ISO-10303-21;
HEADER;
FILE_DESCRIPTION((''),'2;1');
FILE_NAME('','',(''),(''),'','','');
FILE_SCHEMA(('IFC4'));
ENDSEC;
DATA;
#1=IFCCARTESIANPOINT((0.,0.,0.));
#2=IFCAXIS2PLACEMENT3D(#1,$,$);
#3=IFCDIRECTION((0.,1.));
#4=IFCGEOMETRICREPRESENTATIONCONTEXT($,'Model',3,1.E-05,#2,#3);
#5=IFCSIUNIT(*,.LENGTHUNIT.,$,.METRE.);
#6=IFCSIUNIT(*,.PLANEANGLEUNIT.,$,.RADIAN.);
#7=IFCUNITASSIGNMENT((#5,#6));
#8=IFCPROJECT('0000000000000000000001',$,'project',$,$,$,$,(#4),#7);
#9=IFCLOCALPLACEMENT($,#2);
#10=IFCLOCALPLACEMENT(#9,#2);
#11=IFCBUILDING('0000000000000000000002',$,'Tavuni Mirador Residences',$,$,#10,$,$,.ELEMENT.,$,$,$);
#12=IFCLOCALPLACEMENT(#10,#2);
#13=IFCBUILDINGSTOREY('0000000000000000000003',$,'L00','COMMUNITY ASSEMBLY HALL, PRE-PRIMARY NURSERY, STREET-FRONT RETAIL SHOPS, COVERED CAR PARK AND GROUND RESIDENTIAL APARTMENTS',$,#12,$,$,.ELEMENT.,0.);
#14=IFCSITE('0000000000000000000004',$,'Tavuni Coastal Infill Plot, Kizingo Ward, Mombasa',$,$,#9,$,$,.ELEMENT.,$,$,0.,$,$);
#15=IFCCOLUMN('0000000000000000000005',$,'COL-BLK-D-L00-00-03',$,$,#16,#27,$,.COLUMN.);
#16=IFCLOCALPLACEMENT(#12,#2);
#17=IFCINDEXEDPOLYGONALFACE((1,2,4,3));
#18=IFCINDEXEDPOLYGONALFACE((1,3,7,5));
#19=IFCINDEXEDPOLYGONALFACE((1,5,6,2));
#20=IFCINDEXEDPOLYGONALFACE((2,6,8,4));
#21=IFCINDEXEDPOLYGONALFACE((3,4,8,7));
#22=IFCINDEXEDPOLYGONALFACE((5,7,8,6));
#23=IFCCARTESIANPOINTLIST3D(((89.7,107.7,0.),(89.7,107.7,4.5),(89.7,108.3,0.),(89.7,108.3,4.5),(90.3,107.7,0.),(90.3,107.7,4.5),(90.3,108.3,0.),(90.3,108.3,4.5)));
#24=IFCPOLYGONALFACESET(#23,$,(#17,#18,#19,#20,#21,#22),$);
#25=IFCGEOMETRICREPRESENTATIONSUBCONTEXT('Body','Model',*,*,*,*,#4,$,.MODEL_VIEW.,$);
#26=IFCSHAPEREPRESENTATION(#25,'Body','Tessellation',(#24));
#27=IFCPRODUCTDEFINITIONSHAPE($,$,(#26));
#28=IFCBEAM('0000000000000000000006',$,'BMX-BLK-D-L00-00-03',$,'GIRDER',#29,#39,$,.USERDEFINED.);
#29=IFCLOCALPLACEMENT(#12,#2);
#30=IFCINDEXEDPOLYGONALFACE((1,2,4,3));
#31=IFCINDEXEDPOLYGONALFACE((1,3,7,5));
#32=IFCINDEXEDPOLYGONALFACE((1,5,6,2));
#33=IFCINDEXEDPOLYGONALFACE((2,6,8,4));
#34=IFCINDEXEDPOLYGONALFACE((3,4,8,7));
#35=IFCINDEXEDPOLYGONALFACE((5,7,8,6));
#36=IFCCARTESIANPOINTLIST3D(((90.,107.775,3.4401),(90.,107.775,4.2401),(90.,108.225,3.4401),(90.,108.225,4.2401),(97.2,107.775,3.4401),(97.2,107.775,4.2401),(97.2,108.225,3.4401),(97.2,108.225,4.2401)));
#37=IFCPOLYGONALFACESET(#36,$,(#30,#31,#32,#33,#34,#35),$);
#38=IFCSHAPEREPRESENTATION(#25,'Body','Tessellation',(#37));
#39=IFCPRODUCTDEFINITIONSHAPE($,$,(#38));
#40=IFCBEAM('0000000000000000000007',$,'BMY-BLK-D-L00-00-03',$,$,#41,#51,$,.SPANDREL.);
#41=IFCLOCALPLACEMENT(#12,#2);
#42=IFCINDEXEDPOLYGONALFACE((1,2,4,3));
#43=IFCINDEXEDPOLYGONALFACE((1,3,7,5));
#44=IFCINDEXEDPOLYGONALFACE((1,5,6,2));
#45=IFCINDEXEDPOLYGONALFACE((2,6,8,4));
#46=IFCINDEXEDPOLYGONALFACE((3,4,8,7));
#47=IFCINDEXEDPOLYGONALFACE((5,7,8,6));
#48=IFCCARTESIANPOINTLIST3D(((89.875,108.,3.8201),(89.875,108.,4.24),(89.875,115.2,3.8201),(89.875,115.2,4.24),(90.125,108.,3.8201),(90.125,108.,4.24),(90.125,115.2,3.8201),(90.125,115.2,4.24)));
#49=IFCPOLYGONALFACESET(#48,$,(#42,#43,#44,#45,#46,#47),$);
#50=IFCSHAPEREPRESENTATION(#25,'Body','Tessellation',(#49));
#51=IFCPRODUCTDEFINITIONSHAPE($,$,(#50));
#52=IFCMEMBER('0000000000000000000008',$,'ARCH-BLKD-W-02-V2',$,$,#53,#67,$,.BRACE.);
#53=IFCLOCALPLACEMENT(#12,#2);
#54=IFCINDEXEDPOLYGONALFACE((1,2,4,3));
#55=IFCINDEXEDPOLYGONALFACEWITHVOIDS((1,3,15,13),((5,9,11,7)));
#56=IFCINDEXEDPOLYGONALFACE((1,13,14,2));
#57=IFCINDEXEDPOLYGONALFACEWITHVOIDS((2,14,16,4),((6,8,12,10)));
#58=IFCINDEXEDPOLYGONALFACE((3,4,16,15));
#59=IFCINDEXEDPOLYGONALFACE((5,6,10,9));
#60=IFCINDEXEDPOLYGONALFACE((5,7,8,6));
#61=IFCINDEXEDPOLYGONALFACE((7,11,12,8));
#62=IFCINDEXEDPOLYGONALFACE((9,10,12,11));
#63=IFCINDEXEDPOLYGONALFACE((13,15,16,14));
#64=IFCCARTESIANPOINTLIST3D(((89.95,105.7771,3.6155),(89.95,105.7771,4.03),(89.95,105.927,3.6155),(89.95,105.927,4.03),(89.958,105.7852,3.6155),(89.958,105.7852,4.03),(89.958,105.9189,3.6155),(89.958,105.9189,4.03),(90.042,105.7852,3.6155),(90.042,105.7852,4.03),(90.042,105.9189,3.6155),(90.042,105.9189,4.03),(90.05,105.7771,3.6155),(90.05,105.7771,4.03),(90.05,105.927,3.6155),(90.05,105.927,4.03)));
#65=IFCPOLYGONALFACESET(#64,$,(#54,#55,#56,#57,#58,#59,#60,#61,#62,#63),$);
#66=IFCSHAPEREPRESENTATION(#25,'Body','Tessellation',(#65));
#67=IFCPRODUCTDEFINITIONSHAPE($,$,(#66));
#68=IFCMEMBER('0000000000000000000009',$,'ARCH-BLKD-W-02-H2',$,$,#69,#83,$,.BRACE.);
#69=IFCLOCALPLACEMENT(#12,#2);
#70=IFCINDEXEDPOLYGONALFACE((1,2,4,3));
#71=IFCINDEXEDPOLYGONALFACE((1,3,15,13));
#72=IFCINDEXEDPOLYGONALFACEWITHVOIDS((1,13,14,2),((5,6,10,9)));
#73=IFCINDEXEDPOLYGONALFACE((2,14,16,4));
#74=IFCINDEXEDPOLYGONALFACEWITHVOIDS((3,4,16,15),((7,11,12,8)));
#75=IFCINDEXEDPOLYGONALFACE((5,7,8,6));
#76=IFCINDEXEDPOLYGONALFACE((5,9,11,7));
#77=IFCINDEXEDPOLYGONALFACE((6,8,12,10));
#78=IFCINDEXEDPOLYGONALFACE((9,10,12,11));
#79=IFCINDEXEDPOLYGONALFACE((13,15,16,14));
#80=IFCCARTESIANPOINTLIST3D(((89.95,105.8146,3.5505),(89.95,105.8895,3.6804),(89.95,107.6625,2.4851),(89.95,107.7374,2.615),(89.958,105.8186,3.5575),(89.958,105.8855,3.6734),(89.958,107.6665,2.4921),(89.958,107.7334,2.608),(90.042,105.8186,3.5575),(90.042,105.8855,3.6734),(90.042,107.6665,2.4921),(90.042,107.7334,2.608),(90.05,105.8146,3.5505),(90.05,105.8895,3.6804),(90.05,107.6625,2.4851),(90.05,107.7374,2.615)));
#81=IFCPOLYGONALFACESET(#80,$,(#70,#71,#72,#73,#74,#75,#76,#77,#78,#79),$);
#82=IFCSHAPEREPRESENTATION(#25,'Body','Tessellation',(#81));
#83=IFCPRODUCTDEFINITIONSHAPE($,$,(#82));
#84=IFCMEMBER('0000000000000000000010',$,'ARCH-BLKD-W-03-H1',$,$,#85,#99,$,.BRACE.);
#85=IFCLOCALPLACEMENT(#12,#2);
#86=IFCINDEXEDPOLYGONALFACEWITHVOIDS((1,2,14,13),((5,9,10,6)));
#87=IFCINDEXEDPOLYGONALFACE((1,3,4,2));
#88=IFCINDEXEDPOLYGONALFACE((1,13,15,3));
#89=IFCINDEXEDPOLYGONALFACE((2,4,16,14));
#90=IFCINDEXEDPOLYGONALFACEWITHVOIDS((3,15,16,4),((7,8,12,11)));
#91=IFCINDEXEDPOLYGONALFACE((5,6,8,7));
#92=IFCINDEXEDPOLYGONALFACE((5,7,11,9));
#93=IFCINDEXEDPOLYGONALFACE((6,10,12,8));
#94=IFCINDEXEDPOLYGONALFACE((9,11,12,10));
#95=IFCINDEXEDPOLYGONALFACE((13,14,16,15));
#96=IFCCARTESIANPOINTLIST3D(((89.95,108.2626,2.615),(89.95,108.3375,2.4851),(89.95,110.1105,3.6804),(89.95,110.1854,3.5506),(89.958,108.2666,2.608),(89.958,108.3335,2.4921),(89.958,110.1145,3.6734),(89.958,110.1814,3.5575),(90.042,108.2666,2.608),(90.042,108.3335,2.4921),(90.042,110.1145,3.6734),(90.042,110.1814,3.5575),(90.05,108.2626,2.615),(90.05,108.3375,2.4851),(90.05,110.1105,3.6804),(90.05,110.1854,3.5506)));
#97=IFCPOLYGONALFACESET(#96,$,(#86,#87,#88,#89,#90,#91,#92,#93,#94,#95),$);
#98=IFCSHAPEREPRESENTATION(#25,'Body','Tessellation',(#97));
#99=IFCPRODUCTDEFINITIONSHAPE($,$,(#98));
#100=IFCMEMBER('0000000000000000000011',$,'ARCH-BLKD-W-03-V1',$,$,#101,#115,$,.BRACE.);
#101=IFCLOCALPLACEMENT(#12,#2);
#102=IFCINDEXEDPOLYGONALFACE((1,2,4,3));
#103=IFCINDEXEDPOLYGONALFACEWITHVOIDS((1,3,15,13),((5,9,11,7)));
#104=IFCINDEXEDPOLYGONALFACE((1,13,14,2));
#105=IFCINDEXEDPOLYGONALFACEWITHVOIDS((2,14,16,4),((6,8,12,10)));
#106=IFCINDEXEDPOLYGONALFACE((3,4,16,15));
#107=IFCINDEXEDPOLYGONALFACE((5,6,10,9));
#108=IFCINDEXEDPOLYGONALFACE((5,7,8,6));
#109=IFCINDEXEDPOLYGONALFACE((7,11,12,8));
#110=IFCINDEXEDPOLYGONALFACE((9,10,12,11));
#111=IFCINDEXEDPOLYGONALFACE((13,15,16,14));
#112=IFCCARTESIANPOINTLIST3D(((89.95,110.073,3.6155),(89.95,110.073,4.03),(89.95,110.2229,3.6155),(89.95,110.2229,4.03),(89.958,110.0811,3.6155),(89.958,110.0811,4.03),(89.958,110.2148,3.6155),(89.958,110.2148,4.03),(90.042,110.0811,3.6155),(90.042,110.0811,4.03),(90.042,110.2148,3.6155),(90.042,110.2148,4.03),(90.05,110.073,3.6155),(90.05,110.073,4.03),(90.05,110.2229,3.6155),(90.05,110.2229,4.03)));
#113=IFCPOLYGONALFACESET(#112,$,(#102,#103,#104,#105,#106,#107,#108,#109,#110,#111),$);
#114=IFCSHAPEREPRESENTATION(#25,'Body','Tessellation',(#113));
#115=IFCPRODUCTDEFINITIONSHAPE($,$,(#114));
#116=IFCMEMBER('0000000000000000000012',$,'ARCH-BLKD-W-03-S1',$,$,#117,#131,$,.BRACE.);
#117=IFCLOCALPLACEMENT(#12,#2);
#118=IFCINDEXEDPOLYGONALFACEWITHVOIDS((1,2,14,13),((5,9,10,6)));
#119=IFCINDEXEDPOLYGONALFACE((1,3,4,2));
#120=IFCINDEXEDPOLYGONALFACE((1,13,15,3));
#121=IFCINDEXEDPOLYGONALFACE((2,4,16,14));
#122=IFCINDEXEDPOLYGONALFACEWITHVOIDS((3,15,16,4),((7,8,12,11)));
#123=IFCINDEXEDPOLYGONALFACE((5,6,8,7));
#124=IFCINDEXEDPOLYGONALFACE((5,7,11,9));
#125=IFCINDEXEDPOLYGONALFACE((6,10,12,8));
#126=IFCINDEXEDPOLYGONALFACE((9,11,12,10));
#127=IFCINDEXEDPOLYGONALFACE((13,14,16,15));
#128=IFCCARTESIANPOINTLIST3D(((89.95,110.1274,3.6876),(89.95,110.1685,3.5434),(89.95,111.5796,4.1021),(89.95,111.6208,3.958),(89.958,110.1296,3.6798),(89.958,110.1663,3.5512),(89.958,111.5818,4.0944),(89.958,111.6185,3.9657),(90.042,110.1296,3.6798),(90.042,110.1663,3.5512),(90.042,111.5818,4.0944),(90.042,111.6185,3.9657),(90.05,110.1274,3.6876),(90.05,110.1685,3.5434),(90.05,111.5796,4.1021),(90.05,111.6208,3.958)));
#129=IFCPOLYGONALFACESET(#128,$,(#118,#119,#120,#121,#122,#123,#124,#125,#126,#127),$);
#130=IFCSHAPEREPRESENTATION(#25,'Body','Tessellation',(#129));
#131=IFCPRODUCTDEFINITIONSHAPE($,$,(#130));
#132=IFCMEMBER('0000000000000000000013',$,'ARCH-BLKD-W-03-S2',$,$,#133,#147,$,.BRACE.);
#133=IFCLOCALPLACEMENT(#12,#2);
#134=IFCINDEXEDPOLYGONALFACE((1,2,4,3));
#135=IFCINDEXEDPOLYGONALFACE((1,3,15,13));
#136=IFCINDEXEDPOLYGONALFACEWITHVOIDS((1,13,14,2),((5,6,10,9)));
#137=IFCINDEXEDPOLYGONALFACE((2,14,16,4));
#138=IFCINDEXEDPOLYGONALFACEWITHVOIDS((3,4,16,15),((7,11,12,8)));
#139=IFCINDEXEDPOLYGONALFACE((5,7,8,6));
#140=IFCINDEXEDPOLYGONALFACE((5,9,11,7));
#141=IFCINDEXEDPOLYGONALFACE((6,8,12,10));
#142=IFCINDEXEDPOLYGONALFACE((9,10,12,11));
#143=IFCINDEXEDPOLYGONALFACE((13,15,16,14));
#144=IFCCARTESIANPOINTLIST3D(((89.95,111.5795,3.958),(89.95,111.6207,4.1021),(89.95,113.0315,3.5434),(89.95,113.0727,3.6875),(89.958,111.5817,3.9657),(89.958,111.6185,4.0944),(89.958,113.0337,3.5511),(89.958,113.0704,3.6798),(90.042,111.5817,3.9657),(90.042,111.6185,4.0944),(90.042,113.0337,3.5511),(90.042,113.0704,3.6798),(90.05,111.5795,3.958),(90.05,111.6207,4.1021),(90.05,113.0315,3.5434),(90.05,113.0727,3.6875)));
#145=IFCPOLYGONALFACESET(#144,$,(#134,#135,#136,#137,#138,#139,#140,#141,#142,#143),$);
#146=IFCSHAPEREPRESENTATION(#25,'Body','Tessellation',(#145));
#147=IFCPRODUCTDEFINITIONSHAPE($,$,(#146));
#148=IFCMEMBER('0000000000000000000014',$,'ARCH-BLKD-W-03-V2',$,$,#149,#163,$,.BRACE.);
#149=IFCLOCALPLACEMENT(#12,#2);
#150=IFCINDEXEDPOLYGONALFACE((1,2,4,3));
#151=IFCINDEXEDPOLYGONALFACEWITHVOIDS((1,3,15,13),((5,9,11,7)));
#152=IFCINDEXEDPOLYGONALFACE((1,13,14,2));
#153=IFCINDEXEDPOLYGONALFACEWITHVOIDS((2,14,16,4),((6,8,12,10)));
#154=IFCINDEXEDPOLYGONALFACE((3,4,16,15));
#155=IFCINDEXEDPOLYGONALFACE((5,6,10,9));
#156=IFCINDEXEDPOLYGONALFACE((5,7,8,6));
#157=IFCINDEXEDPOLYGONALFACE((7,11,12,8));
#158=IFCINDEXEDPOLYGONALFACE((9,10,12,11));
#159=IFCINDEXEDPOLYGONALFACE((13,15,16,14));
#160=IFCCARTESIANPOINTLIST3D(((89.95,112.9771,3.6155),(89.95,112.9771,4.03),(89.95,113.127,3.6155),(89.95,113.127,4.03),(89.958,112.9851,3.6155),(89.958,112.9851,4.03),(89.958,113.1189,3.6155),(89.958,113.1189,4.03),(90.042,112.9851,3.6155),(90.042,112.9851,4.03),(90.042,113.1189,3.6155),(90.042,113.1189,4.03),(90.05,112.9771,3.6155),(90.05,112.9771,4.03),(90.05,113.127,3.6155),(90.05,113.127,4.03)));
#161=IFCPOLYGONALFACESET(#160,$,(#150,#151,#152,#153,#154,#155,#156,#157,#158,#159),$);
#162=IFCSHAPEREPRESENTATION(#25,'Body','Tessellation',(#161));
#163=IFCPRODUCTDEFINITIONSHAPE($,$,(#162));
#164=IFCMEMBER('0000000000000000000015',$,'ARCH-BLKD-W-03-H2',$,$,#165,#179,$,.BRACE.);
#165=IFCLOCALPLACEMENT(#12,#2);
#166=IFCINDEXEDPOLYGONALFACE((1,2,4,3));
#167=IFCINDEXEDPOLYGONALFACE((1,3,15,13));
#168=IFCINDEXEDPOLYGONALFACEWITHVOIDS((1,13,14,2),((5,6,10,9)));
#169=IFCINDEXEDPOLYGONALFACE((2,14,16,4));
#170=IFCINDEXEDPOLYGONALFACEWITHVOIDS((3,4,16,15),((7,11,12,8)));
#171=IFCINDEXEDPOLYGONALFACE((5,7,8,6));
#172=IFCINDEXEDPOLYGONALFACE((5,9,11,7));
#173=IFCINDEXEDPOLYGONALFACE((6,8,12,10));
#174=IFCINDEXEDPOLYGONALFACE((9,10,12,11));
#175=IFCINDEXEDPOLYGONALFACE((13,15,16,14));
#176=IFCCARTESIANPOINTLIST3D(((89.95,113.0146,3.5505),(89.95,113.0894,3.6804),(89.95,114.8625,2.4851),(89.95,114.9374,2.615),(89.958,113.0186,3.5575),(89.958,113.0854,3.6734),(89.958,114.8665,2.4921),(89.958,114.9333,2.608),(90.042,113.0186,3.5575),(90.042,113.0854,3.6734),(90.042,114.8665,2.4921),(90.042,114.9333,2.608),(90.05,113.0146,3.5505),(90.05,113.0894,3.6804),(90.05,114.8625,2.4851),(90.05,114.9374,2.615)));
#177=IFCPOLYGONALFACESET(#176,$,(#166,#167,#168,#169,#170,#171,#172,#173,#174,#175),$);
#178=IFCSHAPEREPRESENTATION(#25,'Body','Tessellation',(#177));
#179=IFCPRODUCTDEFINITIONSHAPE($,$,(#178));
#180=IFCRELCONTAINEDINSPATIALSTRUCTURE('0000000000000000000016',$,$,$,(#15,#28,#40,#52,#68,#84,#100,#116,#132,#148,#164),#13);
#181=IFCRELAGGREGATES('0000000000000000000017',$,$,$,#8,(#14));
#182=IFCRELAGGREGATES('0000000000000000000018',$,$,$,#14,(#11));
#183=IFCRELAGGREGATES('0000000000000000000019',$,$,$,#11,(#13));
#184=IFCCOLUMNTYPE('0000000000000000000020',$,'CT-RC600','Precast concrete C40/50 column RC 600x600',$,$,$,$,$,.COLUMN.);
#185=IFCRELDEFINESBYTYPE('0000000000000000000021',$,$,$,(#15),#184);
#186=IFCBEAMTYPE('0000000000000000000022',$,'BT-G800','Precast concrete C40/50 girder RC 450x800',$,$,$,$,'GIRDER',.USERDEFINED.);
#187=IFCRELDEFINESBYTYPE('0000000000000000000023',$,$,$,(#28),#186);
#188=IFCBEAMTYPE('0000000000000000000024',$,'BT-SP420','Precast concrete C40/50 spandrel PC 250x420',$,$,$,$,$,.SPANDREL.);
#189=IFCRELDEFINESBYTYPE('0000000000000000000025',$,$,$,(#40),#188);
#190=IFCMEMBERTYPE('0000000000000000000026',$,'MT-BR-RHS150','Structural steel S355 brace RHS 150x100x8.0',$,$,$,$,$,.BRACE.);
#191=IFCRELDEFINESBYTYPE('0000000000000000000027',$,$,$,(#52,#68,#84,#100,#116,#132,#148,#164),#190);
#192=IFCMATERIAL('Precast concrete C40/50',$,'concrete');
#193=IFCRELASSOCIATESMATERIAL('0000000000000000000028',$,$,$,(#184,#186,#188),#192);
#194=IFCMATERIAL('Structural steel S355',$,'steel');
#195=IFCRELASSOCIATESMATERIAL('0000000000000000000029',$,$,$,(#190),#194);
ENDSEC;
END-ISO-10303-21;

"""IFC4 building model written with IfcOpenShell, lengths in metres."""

from ifc_helpers import new_model, si_unit, direction, frame, origin, origin_2d, place, context, subcontext, project, spatial, rectangle, hollow_rectangle, extrude, material, material_profile, profile_set, type_object, element, save


model = new_model("IFC4")

# Units and contexts
model_context = context("Model", 3, precision=1e-05, world=origin(), true_north=direction((0.0, 1.0)))
body_context = subcontext(model_context, "Body", "Model", "MODEL_VIEW")
ifc_project = project(units=[si_unit("LENGTHUNIT", "METRE"), si_unit("PLANEANGLEUNIT", "RADIAN")], contexts=[model_context])

# Site, building, storey
site_placement = place(None, origin())
site = spatial("IfcSite", under=ifc_project, at=site_placement, Name="Tavuni Coastal Infill Plot, Kizingo Ward, Mombasa", CompositionType="ELEMENT", RefElevation=0.0)
building_placement = place(site_placement, origin())
building = spatial("IfcBuilding", under=site, at=building_placement, Name="Tavuni Mirador Residences", CompositionType="ELEMENT")
storey_placement = place(building_placement, origin())
storey = spatial("IfcBuildingStorey", under=building, at=storey_placement, Name="L00", Description="COMMUNITY ASSEMBLY HALL, PRE-PRIMARY NURSERY, STREET-FRONT RETAIL SHOPS, COVERED CAR PARK AND GROUND RESIDENTIAL APARTMENTS", CompositionType="ELEMENT", Elevation=0.0)

# Column
ifc_material_1 = material(Name="Precast concrete C40/50", Category="concrete")
ifc_material_profile_1 = material_profile(ifc_material_1, rectangle(XDim=0.6001, YDim=0.6001, at=origin_2d()), Name="RC 600x600", Category="concrete")
ifc_profile_set_1 = profile_set([ifc_material_profile_1], Name="Precast concrete C40/50")
column_type = type_object("IfcColumnType", Name="CT-RC600", Description="Precast concrete C40/50 column RC 600x600", PredefinedType="COLUMN", material=ifc_profile_set_1)
column_placement = place(storey_placement, frame((90.0, 108.0, 0.0), z_axis=(0.0, 0.0, 1.0), x_axis=(1.0, 0.0, 0.0)))
element("IfcColumn", 1, at=column_placement, inside=storey, type_object=column_type, Name="COL-BLK-D-L00-00-03", PredefinedType="COLUMN", context=body_context, shape_type="SweptSolid", body=[
    extrude(rectangle(XDim=0.6001, YDim=0.6001, at=origin_2d()), origin(), (0.0, 0.0, 1.0), 4.5),
])

# Beams
ifc_material_profile_2 = material_profile(ifc_material_1, rectangle(XDim=0.45, YDim=0.8, at=origin_2d()), Name="RC 450x800", Category="concrete")
ifc_profile_set_2 = profile_set([ifc_material_profile_2], Name="Precast concrete C40/50")
beam_type_1 = type_object("IfcBeamType", Name="BT-G800", Description="Precast concrete C40/50 girder RC 450x800", ElementType="GIRDER", PredefinedType="USERDEFINED", material=ifc_profile_set_2)
beam_1_placement = place(storey_placement, frame((90.0, 108.0, 3.8401), z_axis=(1.0, 0.0, 0.0), x_axis=(0.0, 1.0, 0.0)))
element("IfcBeam", 2, at=beam_1_placement, inside=storey, type_object=beam_type_1, Name="BMX-BLK-D-L00-00-03", ObjectType="GIRDER", PredefinedType="USERDEFINED", context=body_context, shape_type="SweptSolid", body=[
    extrude(rectangle(XDim=0.45, YDim=0.8, at=origin_2d()), origin(), (0.0, 0.0, 1.0), 7.2),
])
ifc_material_profile_3 = material_profile(ifc_material_1, rectangle(XDim=0.25, YDim=0.4199, at=origin_2d()), Name="PC 250x420", Category="concrete")
ifc_profile_set_3 = profile_set([ifc_material_profile_3], Name="Precast concrete C40/50")
beam_type_2 = type_object("IfcBeamType", Name="BT-SP420", Description="Precast concrete C40/50 spandrel PC 250x420", PredefinedType="SPANDREL", material=ifc_profile_set_3)
beam_2_placement = place(storey_placement, frame((90.0, 108.0, 4.03), z_axis=(0.0, 1.0, 0.0), x_axis=(-1.0, 0.0, 0.0)))
element("IfcBeam", 3, at=beam_2_placement, inside=storey, type_object=beam_type_2, Name="BMY-BLK-D-L00-00-03", PredefinedType="SPANDREL", context=body_context, shape_type="SweptSolid", body=[
    extrude(rectangle(XDim=0.25, YDim=0.4199, at=origin_2d()), origin(), (0.0, 0.0, 1.0), 7.2),
])

# Members
ifc_material_2 = material(Name="Structural steel S355", Category="steel")
ifc_material_profile_4 = material_profile(ifc_material_2, hollow_rectangle(XDim=0.1001, YDim=0.1499, WallThickness=0.0081, at=origin_2d()), Name="RHS 150x100x8.0", Category="steel")
ifc_profile_set_4 = profile_set([ifc_material_profile_4], Name="Structural steel S355")
member_type = type_object("IfcMemberType", Name="MT-BR-RHS150", Description="Structural steel S355 brace RHS 150x100x8.0", PredefinedType="BRACE", material=ifc_profile_set_4)
member_1_placement = place(storey_placement, frame((90.0, 105.8521, 3.6155), z_axis=(0.0, 0.0, 1.0), x_axis=(1.0, 0.0, 0.0)))
element("IfcMember", 4, at=member_1_placement, inside=storey, type_object=member_type, Name="ARCH-BLKD-W-02-V2", PredefinedType="BRACE", context=body_context, shape_type="SweptSolid", body=[
    extrude(hollow_rectangle(XDim=0.1001, YDim=0.1499, WallThickness=0.0081, at=origin_2d()), origin(), (0.0, 0.0, 1.0), 0.4146),
])
for number, where, z_axis, x_axis, name in (
    (5, (90.0, 105.8521, 3.6155), (0.0, 0.866321, -0.499488), (-1.0, 0.0, 0.0), "ARCH-BLKD-W-02-H2"),
    (6, (90.0, 108.3, 2.55), (0.0, 0.866321, 0.499488), (-1.0, 0.0, 0.0), "ARCH-BLKD-W-03-H1"),
):
    element("IfcMember", number, at=place(storey_placement, frame(where, z_axis=z_axis, x_axis=x_axis)), inside=storey, type_object=member_type, Name=name, PredefinedType="BRACE", context=body_context, shape_type="SweptSolid", body=[
        extrude(hollow_rectangle(XDim=0.1001, YDim=0.1499, WallThickness=0.0081, at=origin_2d()), origin(), (0.0, 0.0, 1.0), 2.1331),
    ])
member_2_placement = place(storey_placement, frame((90.0, 110.1479, 3.6155), z_axis=(0.0, 0.0, 1.0), x_axis=(1.0, 0.0, 0.0)))
element("IfcMember", 7, at=member_2_placement, inside=storey, type_object=member_type, Name="ARCH-BLKD-W-03-V1", PredefinedType="BRACE", context=body_context, shape_type="SweptSolid", body=[
    extrude(hollow_rectangle(XDim=0.1001, YDim=0.1499, WallThickness=0.0081, at=origin_2d()), origin(), (0.0, 0.0, 1.0), 0.4146),
])
member_3_placement = place(storey_placement, frame((90.0, 110.1479, 3.6155), z_axis=(0.0, 0.961585, 0.274508), x_axis=(-1.0, 0.0, 0.0)))
element("IfcMember", 8, at=member_3_placement, inside=storey, type_object=member_type, Name="ARCH-BLKD-W-03-S1", PredefinedType="BRACE", context=body_context, shape_type="SweptSolid", body=[
    extrude(hollow_rectangle(XDim=0.1001, YDim=0.1499, WallThickness=0.0081, at=origin_2d()), origin(), (0.0, 0.0, 1.0), 1.5103),
])
member_4_placement = place(storey_placement, frame((90.0, 111.6001, 4.03), z_axis=(0.0, 0.961573, -0.27455), x_axis=(-1.0, 0.0, 0.0)))
element("IfcMember", 9, at=member_4_placement, inside=storey, type_object=member_type, Name="ARCH-BLKD-W-03-S2", PredefinedType="BRACE", context=body_context, shape_type="SweptSolid", body=[
    extrude(hollow_rectangle(XDim=0.1001, YDim=0.1499, WallThickness=0.0081, at=origin_2d()), origin(), (0.0, 0.0, 1.0), 1.51),
])
member_5_placement = place(storey_placement, frame((90.0, 113.052, 3.6155), z_axis=(0.0, 0.0, 1.0), x_axis=(1.0, 0.0, 0.0)))
element("IfcMember", 10, at=member_5_placement, inside=storey, type_object=member_type, Name="ARCH-BLKD-W-03-V2", PredefinedType="BRACE", context=body_context, shape_type="SweptSolid", body=[
    extrude(hollow_rectangle(XDim=0.1001, YDim=0.1499, WallThickness=0.0081, at=origin_2d()), origin(), (0.0, 0.0, 1.0), 0.4146),
])
member_6_placement = place(storey_placement, frame((90.0, 113.052, 3.6155), z_axis=(0.0, 0.866321, -0.499488), x_axis=(-1.0, 0.0, 0.0)))
element("IfcMember", 11, at=member_6_placement, inside=storey, type_object=member_type, Name="ARCH-BLKD-W-03-H2", PredefinedType="BRACE", context=body_context, shape_type="SweptSolid", body=[
    extrude(hollow_rectangle(XDim=0.1001, YDim=0.1499, WallThickness=0.0081, at=origin_2d()), origin(), (0.0, 0.0, 1.0), 2.1331),
])

save(model, "model.ifc")
